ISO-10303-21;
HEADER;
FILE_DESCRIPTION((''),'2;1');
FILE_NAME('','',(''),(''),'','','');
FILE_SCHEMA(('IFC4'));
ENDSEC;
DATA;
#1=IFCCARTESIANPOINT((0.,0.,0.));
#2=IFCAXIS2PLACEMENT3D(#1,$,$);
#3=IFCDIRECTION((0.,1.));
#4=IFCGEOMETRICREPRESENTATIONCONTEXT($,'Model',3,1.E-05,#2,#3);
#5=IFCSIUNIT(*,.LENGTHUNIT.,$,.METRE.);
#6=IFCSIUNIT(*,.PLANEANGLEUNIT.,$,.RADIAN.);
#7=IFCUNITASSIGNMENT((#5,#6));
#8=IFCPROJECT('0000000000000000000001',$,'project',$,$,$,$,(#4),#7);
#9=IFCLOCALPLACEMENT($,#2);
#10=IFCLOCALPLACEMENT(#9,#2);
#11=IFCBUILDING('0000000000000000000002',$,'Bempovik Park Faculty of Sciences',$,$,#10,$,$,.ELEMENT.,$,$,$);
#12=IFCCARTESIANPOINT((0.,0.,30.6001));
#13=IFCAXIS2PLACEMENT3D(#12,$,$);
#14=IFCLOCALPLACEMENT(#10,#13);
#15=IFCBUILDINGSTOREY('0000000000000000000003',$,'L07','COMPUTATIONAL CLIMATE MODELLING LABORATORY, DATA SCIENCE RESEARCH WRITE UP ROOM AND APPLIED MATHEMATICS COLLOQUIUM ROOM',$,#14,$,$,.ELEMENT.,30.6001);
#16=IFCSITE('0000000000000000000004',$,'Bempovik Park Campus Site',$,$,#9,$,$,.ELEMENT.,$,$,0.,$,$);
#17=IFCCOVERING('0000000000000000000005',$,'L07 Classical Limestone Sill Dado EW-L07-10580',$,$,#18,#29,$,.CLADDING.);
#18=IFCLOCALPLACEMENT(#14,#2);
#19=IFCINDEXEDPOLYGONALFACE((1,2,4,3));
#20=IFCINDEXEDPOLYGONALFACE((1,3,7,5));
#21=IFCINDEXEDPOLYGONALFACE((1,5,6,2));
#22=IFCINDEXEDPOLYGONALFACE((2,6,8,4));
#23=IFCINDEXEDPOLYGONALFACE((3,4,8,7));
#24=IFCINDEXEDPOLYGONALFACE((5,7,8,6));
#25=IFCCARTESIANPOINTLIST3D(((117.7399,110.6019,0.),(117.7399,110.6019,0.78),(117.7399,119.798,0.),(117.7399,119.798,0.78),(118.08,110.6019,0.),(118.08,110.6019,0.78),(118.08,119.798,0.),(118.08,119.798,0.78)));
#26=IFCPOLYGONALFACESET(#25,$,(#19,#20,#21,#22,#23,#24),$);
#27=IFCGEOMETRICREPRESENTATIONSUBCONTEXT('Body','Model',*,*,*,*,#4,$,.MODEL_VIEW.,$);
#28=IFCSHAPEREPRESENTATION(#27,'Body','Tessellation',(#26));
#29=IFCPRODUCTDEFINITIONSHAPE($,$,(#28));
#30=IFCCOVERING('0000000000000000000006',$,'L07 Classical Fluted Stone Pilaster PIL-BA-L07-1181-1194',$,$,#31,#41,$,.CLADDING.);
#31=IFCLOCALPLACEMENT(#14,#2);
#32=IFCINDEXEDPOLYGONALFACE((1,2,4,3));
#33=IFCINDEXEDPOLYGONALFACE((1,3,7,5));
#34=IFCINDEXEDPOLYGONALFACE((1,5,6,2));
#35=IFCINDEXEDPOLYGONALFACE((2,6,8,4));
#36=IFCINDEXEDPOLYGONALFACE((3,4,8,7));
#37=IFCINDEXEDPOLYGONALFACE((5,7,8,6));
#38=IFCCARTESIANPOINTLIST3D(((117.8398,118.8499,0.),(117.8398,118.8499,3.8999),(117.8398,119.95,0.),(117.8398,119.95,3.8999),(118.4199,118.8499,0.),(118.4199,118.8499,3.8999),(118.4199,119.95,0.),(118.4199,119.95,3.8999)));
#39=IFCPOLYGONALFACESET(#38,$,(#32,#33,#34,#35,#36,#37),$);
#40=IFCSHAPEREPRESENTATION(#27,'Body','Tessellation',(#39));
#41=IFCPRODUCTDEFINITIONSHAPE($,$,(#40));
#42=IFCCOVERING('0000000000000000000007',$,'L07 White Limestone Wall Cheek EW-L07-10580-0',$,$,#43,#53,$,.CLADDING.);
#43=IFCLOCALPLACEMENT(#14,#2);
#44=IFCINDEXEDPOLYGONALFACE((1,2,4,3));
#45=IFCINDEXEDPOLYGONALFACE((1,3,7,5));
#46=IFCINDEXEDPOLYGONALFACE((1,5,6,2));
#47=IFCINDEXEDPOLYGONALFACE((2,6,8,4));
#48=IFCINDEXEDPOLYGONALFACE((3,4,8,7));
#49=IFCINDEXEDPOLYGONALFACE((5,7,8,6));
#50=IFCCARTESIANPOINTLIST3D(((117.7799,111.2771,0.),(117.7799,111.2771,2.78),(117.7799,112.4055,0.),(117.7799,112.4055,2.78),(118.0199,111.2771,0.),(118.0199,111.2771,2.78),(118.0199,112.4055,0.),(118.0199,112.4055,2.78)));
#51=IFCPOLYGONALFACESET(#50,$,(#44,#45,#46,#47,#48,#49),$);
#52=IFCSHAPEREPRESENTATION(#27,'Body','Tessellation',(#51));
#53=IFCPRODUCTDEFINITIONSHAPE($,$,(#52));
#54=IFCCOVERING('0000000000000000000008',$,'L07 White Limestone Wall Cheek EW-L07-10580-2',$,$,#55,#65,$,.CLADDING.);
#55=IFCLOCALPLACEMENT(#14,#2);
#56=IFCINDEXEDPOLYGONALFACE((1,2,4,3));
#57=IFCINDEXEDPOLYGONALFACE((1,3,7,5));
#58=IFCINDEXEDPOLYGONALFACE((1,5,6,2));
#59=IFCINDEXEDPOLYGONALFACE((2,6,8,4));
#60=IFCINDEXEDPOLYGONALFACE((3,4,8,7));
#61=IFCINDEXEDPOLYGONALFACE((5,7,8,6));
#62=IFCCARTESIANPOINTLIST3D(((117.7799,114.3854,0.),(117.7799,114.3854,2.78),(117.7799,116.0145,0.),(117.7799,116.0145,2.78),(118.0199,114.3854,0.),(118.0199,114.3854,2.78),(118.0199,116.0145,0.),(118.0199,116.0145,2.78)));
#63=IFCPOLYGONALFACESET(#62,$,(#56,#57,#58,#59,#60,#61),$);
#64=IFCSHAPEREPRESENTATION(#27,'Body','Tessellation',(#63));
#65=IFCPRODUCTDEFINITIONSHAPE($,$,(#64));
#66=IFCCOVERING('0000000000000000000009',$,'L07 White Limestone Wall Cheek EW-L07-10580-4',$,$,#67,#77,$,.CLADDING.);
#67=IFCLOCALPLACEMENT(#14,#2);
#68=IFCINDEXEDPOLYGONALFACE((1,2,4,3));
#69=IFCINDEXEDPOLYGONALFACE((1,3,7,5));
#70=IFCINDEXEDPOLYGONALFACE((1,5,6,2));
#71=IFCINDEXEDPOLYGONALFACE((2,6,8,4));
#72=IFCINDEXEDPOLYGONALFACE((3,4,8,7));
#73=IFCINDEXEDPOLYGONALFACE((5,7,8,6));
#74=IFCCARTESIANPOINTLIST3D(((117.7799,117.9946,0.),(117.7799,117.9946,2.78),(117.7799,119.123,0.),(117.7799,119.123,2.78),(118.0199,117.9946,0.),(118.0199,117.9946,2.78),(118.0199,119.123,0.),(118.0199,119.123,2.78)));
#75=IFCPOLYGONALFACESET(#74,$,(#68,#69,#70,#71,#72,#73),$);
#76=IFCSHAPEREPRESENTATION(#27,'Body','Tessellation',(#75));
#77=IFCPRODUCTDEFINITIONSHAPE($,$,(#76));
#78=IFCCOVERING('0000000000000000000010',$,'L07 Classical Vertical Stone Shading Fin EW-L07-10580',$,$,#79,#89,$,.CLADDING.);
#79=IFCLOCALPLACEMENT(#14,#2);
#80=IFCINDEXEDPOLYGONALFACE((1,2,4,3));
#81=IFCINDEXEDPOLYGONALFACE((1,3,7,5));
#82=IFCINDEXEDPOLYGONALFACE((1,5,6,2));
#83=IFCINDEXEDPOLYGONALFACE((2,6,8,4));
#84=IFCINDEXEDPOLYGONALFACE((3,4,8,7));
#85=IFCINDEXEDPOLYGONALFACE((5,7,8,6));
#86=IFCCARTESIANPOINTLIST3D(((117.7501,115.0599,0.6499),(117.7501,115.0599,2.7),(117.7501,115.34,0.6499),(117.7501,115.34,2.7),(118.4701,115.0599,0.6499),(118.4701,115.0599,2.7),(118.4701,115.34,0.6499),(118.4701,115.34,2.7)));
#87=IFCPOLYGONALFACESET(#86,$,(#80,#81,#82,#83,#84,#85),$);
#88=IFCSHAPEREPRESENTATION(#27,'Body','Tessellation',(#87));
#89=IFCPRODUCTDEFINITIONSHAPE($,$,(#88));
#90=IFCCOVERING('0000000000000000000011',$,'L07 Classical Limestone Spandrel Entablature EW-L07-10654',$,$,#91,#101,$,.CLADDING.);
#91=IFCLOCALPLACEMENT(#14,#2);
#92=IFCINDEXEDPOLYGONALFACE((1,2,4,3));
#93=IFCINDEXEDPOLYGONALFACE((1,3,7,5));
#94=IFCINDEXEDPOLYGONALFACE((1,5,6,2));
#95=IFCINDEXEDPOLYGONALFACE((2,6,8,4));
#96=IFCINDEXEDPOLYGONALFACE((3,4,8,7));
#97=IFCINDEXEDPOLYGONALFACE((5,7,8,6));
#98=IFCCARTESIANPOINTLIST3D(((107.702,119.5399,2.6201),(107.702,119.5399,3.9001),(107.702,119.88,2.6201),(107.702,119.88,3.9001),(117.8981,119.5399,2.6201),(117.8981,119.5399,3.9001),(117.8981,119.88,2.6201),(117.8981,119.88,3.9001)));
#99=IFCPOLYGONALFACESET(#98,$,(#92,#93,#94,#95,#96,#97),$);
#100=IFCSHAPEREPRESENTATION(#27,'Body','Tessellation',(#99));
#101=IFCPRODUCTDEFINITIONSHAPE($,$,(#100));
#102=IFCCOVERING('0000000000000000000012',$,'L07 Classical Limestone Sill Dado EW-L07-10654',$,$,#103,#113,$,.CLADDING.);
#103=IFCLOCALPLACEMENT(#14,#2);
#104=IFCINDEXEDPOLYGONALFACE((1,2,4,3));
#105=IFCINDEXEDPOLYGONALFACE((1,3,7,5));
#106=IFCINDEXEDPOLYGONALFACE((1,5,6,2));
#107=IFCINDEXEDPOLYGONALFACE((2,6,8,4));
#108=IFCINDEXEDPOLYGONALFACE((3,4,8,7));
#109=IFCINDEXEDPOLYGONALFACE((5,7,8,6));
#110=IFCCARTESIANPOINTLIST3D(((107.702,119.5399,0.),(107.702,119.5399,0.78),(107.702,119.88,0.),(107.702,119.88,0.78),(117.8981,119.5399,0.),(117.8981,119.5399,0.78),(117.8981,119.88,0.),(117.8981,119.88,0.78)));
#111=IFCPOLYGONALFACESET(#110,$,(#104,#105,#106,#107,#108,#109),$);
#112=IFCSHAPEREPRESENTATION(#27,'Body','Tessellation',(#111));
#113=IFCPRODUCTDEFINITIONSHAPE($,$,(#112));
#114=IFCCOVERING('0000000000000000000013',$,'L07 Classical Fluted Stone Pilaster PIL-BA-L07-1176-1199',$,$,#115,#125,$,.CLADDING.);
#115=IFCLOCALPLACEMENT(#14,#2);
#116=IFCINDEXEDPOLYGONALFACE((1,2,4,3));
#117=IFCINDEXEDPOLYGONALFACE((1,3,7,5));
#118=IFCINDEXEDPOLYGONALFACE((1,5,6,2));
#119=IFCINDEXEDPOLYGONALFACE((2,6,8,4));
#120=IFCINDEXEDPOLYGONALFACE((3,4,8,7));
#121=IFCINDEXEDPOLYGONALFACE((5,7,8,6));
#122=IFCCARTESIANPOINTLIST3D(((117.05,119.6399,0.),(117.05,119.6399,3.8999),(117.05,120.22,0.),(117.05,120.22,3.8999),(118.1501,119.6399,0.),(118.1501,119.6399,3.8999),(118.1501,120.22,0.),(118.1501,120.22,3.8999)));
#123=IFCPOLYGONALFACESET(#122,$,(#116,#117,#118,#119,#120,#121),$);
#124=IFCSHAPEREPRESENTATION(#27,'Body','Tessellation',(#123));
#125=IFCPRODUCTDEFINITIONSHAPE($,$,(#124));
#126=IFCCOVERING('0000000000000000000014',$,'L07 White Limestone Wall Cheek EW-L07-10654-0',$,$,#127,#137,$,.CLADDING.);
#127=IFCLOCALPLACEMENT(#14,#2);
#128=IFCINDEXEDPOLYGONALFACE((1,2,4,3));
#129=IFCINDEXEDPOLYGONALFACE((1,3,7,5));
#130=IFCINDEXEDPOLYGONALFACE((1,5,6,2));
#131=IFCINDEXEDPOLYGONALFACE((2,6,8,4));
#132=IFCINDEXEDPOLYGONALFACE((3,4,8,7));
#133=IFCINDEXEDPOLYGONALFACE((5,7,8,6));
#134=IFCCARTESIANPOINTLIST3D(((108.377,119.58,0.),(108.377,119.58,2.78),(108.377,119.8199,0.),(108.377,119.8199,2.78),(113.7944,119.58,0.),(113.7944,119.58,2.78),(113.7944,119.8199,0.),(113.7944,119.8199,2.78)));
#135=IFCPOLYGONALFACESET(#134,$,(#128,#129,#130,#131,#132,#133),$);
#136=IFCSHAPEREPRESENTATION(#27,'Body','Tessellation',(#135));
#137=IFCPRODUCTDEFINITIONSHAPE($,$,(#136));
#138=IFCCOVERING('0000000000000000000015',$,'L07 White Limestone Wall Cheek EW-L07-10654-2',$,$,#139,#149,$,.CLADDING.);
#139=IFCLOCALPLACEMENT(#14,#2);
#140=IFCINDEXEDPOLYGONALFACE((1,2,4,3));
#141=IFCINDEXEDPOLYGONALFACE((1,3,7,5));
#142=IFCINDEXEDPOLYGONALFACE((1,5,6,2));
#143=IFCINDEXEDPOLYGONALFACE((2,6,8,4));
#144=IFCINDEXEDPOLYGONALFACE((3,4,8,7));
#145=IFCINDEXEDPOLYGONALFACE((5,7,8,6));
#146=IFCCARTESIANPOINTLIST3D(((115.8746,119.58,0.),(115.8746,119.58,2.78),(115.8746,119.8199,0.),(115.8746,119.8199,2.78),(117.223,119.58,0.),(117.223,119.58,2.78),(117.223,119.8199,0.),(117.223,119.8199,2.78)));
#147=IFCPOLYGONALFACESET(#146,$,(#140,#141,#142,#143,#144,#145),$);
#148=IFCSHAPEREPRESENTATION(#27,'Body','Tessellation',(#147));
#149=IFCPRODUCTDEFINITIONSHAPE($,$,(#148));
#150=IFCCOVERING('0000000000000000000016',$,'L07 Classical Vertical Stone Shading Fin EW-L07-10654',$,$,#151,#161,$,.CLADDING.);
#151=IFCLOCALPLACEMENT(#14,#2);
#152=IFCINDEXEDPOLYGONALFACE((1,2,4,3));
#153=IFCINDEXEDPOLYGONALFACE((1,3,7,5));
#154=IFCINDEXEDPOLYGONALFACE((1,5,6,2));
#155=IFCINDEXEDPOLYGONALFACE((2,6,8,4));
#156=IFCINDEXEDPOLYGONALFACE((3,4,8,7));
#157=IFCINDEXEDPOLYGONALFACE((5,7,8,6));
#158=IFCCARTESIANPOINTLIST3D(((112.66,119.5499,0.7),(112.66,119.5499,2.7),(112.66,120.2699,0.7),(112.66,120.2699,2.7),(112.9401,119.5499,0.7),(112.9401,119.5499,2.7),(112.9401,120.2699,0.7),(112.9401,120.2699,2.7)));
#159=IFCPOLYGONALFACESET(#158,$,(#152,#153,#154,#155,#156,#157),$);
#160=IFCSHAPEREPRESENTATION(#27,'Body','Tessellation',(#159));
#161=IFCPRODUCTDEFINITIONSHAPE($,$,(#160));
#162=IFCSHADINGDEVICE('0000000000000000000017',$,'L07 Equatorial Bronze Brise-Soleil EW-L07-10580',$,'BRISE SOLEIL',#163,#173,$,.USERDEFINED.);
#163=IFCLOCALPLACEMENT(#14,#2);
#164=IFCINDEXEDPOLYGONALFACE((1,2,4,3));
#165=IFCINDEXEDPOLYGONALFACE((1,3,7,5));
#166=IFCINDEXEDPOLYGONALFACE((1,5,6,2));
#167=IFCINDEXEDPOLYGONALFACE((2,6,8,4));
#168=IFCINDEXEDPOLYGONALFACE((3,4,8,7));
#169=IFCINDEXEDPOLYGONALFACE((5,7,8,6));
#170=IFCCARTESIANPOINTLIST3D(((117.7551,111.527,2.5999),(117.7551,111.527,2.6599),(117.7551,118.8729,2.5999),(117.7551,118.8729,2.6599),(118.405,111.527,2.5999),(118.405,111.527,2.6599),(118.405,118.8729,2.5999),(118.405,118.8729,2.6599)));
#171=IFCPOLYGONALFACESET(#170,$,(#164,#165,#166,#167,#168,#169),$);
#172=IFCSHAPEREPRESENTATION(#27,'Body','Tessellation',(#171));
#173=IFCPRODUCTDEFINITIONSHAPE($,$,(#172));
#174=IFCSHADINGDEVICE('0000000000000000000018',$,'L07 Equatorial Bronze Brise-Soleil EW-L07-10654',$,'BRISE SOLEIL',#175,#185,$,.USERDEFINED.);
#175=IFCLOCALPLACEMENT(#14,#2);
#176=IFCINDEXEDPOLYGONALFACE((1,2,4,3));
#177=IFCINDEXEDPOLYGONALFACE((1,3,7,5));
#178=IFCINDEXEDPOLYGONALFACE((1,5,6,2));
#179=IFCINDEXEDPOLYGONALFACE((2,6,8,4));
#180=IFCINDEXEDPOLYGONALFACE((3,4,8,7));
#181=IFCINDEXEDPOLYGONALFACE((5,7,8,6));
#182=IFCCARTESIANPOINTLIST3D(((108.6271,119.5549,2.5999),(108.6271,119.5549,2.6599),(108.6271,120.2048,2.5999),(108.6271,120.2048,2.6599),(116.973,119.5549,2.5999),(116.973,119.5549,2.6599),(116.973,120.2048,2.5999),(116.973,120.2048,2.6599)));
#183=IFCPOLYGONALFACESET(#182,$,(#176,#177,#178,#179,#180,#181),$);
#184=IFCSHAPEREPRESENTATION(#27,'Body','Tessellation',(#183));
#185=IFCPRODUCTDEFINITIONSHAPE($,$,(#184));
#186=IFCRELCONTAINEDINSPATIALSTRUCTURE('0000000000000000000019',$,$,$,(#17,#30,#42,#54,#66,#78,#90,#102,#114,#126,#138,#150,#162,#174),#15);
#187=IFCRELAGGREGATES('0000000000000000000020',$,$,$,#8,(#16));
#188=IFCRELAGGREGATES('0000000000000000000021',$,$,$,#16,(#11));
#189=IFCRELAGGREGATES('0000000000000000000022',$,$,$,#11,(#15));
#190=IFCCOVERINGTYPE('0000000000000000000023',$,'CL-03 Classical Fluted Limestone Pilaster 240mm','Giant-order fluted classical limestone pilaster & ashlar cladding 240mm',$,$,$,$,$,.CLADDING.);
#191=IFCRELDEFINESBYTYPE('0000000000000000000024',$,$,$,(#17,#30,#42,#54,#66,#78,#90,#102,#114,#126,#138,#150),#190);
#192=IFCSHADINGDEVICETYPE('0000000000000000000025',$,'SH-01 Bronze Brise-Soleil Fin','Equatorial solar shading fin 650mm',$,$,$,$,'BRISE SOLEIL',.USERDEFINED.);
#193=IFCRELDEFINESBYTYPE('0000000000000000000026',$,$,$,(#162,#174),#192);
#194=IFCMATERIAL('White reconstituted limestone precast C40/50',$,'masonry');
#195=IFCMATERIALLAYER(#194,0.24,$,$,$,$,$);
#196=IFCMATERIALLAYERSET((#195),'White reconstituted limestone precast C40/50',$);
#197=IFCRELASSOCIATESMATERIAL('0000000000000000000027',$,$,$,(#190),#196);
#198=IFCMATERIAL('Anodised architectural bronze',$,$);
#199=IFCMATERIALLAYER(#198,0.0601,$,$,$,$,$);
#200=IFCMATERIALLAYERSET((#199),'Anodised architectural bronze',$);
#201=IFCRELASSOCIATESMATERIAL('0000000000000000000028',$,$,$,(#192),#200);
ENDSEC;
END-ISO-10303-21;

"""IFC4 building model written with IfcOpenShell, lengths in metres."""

from ifc_helpers import new_model, si_unit, direction, frame, origin, origin_2d, place, context, subcontext, project, spatial, rectangle, extrude, material, layer, layer_set, type_object, element, save


model = new_model("IFC4")

# Units and contexts
model_context = context("Model", 3, precision=1e-05, world=origin(), true_north=direction((0.0, 1.0)))
body_context = subcontext(model_context, "Body", "Model", "MODEL_VIEW")
ifc_project = project(units=[si_unit("LENGTHUNIT", "METRE"), si_unit("PLANEANGLEUNIT", "RADIAN")], contexts=[model_context])

# Site, building, storey
site_placement = place(None, origin())
site = spatial("IfcSite", under=ifc_project, at=site_placement, Name="Bempovik Park Campus Site", CompositionType="ELEMENT", RefElevation=0.0)
building_placement = place(site_placement, origin())
building = spatial("IfcBuilding", under=site, at=building_placement, Name="Bempovik Park Faculty of Sciences", CompositionType="ELEMENT")
storey_placement = place(building_placement, frame((0.0, 0.0, 30.6001)))
storey = spatial("IfcBuildingStorey", under=building, at=storey_placement, Name="L07", Description="COMPUTATIONAL CLIMATE MODELLING LABORATORY, DATA SCIENCE RESEARCH WRITE UP ROOM AND APPLIED MATHEMATICS COLLOQUIUM ROOM", CompositionType="ELEMENT", Elevation=30.6001)

# Coverings
ifc_material_1 = material(Name="White reconstituted limestone precast C40/50", Category="masonry")
ifc_layer_1 = layer(ifc_material_1, 0.24)
ifc_layer_set_1 = layer_set([ifc_layer_1], Name="White reconstituted limestone precast C40/50")
covering_type_1 = type_object("IfcCoveringType", Name="CL-03 Classical Fluted Limestone Pilaster 240mm", Description="Giant-order fluted classical limestone pilaster & ashlar cladding 240mm", PredefinedType="CLADDING", material=ifc_layer_set_1)
covering_1_placement = place(storey_placement, frame((117.9099, 115.2, 0.0), z_axis=(0.0, 0.0, 1.0), x_axis=(1.0, 0.0, 0.0)))
element("IfcCovering", 1, at=covering_1_placement, inside=storey, type_object=covering_type_1, Name="L07 Classical Limestone Sill Dado EW-L07-10580", PredefinedType="CLADDING", context=body_context, shape_type="SweptSolid", body=[
    extrude(rectangle(XDim=0.3401, YDim=9.196, at=origin_2d()), origin(), (0.0, 0.0, 1.0), 0.78),
])
covering_2_placement = place(storey_placement, frame((118.1299, 119.3999, 0.0), z_axis=(0.0, 0.0, 1.0), x_axis=(1.0, 0.0, 0.0)))
element("IfcCovering", 2, at=covering_2_placement, inside=storey, type_object=covering_type_1, Name="L07 Classical Fluted Stone Pilaster PIL-BA-L07-1181-1194", PredefinedType="CLADDING", context=body_context, shape_type="SweptSolid", body=[
    extrude(rectangle(XDim=0.5801, YDim=1.1001, at=origin_2d()), origin(), (0.0, 0.0, 1.0), 3.8999),
])
covering_3_placement = place(storey_placement, frame((117.8999, 111.8413, 0.0), z_axis=(0.0, 0.0, 1.0), x_axis=(1.0, 0.0, 0.0)))
element("IfcCovering", 3, at=covering_3_placement, inside=storey, type_object=covering_type_1, Name="L07 White Limestone Wall Cheek EW-L07-10580-0", PredefinedType="CLADDING", context=body_context, shape_type="SweptSolid", body=[
    extrude(rectangle(XDim=0.24, YDim=1.1284, at=origin_2d()), origin(), (0.0, 0.0, 1.0), 2.78),
])
covering_4_placement = place(storey_placement, frame((117.8999, 115.2, 0.0), z_axis=(0.0, 0.0, 1.0), x_axis=(1.0, 0.0, 0.0)))
element("IfcCovering", 4, at=covering_4_placement, inside=storey, type_object=covering_type_1, Name="L07 White Limestone Wall Cheek EW-L07-10580-2", PredefinedType="CLADDING", context=body_context, shape_type="SweptSolid", body=[
    extrude(rectangle(XDim=0.24, YDim=1.6292, at=origin_2d()), origin(), (0.0, 0.0, 1.0), 2.78),
])
covering_5_placement = place(storey_placement, frame((117.8999, 118.5588, 0.0), z_axis=(0.0, 0.0, 1.0), x_axis=(1.0, 0.0, 0.0)))
element("IfcCovering", 5, at=covering_5_placement, inside=storey, type_object=covering_type_1, Name="L07 White Limestone Wall Cheek EW-L07-10580-4", PredefinedType="CLADDING", context=body_context, shape_type="SweptSolid", body=[
    extrude(rectangle(XDim=0.24, YDim=1.1284, at=origin_2d()), origin(), (0.0, 0.0, 1.0), 2.78),
])
covering_6_placement = place(storey_placement, frame((118.1101, 115.2, 0.6499), z_axis=(0.0, 0.0, 1.0), x_axis=(1.0, 0.0, 0.0)))
element("IfcCovering", 6, at=covering_6_placement, inside=storey, type_object=covering_type_1, Name="L07 Classical Vertical Stone Shading Fin EW-L07-10580", PredefinedType="CLADDING", context=body_context, shape_type="SweptSolid", body=[
    extrude(rectangle(XDim=0.72, YDim=0.28, at=origin_2d()), origin(), (0.0, 0.0, 1.0), 2.05),
])
covering_7_placement = place(storey_placement, frame((112.8, 119.71, 2.6201), z_axis=(0.0, 0.0, 1.0), x_axis=(1.0, 0.0, 0.0)))
element("IfcCovering", 7, at=covering_7_placement, inside=storey, type_object=covering_type_1, Name="L07 Classical Limestone Spandrel Entablature EW-L07-10654", PredefinedType="CLADDING", context=body_context, shape_type="SweptSolid", body=[
    extrude(rectangle(XDim=10.196, YDim=0.3401, at=origin_2d()), origin(), (0.0, 0.0, 1.0), 1.28),
])
covering_8_placement = place(storey_placement, frame((112.8, 119.71, 0.0), z_axis=(0.0, 0.0, 1.0), x_axis=(1.0, 0.0, 0.0)))
element("IfcCovering", 8, at=covering_8_placement, inside=storey, type_object=covering_type_1, Name="L07 Classical Limestone Sill Dado EW-L07-10654", PredefinedType="CLADDING", context=body_context, shape_type="SweptSolid", body=[
    extrude(rectangle(XDim=10.196, YDim=0.3401, at=origin_2d()), origin(), (0.0, 0.0, 1.0), 0.78),
])
covering_9_placement = place(storey_placement, frame((117.6001, 119.9299, 0.0), z_axis=(0.0, 0.0, 1.0), x_axis=(1.0, 0.0, 0.0)))
element("IfcCovering", 9, at=covering_9_placement, inside=storey, type_object=covering_type_1, Name="L07 Classical Fluted Stone Pilaster PIL-BA-L07-1176-1199", PredefinedType="CLADDING", context=body_context, shape_type="SweptSolid", body=[
    extrude(rectangle(XDim=1.1001, YDim=0.5801, at=origin_2d()), origin(), (0.0, 0.0, 1.0), 3.8999),
])
covering_10_placement = place(storey_placement, frame((111.0857, 119.7, 0.0), z_axis=(0.0, 0.0, 1.0), x_axis=(1.0, 0.0, 0.0)))
element("IfcCovering", 10, at=covering_10_placement, inside=storey, type_object=covering_type_1, Name="L07 White Limestone Wall Cheek EW-L07-10654-0", PredefinedType="CLADDING", context=body_context, shape_type="SweptSolid", body=[
    extrude(rectangle(XDim=5.4175, YDim=0.24, at=origin_2d()), origin(), (0.0, 0.0, 1.0), 2.78),
])
covering_11_placement = place(storey_placement, frame((116.5488, 119.7, 0.0), z_axis=(0.0, 0.0, 1.0), x_axis=(1.0, 0.0, 0.0)))
element("IfcCovering", 11, at=covering_11_placement, inside=storey, type_object=covering_type_1, Name="L07 White Limestone Wall Cheek EW-L07-10654-2", PredefinedType="CLADDING", context=body_context, shape_type="SweptSolid", body=[
    extrude(rectangle(XDim=1.3484, YDim=0.24, at=origin_2d()), origin(), (0.0, 0.0, 1.0), 2.78),
])
covering_12_placement = place(storey_placement, frame((112.8, 119.9099, 0.7), z_axis=(0.0, 0.0, 1.0), x_axis=(1.0, 0.0, 0.0)))
element("IfcCovering", 12, at=covering_12_placement, inside=storey, type_object=covering_type_1, Name="L07 Classical Vertical Stone Shading Fin EW-L07-10654", PredefinedType="CLADDING", context=body_context, shape_type="SweptSolid", body=[
    extrude(rectangle(XDim=0.28, YDim=0.72, at=origin_2d()), origin(), (0.0, 0.0, 1.0), 2.0),
])

# Shading devices
ifc_material_2 = material(Name="Anodised architectural bronze")
ifc_layer_2 = layer(ifc_material_2, 0.0601)
ifc_layer_set_2 = layer_set([ifc_layer_2], Name="Anodised architectural bronze")
shading_device_type = type_object("IfcShadingDeviceType", Name="SH-01 Bronze Brise-Soleil Fin", Description="Equatorial solar shading fin 650mm", ElementType="BRISE SOLEIL", PredefinedType="USERDEFINED", material=ifc_layer_set_2)
shading_device_1_placement = place(storey_placement, frame((118.0801, 115.2, 2.5999), z_axis=(0.0, 0.0, 1.0), x_axis=(1.0, 0.0, 0.0)))
element("IfcShadingDevice", 13, at=shading_device_1_placement, inside=storey, type_object=shading_device_type, Name="L07 Equatorial Bronze Brise-Soleil EW-L07-10580", ObjectType="BRISE SOLEIL", PredefinedType="USERDEFINED", context=body_context, shape_type="SweptSolid", body=[
    extrude(rectangle(XDim=0.6499, YDim=7.3459, at=origin_2d()), origin(), (0.0, 0.0, 1.0), 0.0601),
])
shading_device_2_placement = place(storey_placement, frame((112.8, 119.8799, 2.5999), z_axis=(0.0, 0.0, 1.0), x_axis=(1.0, 0.0, 0.0)))
element("IfcShadingDevice", 14, at=shading_device_2_placement, inside=storey, type_object=shading_device_type, Name="L07 Equatorial Bronze Brise-Soleil EW-L07-10654", ObjectType="BRISE SOLEIL", PredefinedType="USERDEFINED", context=body_context, shape_type="SweptSolid", body=[
    extrude(rectangle(XDim=8.3459, YDim=0.6499, at=origin_2d()), origin(), (0.0, 0.0, 1.0), 0.0601),
])

save(model, "model.ifc")
